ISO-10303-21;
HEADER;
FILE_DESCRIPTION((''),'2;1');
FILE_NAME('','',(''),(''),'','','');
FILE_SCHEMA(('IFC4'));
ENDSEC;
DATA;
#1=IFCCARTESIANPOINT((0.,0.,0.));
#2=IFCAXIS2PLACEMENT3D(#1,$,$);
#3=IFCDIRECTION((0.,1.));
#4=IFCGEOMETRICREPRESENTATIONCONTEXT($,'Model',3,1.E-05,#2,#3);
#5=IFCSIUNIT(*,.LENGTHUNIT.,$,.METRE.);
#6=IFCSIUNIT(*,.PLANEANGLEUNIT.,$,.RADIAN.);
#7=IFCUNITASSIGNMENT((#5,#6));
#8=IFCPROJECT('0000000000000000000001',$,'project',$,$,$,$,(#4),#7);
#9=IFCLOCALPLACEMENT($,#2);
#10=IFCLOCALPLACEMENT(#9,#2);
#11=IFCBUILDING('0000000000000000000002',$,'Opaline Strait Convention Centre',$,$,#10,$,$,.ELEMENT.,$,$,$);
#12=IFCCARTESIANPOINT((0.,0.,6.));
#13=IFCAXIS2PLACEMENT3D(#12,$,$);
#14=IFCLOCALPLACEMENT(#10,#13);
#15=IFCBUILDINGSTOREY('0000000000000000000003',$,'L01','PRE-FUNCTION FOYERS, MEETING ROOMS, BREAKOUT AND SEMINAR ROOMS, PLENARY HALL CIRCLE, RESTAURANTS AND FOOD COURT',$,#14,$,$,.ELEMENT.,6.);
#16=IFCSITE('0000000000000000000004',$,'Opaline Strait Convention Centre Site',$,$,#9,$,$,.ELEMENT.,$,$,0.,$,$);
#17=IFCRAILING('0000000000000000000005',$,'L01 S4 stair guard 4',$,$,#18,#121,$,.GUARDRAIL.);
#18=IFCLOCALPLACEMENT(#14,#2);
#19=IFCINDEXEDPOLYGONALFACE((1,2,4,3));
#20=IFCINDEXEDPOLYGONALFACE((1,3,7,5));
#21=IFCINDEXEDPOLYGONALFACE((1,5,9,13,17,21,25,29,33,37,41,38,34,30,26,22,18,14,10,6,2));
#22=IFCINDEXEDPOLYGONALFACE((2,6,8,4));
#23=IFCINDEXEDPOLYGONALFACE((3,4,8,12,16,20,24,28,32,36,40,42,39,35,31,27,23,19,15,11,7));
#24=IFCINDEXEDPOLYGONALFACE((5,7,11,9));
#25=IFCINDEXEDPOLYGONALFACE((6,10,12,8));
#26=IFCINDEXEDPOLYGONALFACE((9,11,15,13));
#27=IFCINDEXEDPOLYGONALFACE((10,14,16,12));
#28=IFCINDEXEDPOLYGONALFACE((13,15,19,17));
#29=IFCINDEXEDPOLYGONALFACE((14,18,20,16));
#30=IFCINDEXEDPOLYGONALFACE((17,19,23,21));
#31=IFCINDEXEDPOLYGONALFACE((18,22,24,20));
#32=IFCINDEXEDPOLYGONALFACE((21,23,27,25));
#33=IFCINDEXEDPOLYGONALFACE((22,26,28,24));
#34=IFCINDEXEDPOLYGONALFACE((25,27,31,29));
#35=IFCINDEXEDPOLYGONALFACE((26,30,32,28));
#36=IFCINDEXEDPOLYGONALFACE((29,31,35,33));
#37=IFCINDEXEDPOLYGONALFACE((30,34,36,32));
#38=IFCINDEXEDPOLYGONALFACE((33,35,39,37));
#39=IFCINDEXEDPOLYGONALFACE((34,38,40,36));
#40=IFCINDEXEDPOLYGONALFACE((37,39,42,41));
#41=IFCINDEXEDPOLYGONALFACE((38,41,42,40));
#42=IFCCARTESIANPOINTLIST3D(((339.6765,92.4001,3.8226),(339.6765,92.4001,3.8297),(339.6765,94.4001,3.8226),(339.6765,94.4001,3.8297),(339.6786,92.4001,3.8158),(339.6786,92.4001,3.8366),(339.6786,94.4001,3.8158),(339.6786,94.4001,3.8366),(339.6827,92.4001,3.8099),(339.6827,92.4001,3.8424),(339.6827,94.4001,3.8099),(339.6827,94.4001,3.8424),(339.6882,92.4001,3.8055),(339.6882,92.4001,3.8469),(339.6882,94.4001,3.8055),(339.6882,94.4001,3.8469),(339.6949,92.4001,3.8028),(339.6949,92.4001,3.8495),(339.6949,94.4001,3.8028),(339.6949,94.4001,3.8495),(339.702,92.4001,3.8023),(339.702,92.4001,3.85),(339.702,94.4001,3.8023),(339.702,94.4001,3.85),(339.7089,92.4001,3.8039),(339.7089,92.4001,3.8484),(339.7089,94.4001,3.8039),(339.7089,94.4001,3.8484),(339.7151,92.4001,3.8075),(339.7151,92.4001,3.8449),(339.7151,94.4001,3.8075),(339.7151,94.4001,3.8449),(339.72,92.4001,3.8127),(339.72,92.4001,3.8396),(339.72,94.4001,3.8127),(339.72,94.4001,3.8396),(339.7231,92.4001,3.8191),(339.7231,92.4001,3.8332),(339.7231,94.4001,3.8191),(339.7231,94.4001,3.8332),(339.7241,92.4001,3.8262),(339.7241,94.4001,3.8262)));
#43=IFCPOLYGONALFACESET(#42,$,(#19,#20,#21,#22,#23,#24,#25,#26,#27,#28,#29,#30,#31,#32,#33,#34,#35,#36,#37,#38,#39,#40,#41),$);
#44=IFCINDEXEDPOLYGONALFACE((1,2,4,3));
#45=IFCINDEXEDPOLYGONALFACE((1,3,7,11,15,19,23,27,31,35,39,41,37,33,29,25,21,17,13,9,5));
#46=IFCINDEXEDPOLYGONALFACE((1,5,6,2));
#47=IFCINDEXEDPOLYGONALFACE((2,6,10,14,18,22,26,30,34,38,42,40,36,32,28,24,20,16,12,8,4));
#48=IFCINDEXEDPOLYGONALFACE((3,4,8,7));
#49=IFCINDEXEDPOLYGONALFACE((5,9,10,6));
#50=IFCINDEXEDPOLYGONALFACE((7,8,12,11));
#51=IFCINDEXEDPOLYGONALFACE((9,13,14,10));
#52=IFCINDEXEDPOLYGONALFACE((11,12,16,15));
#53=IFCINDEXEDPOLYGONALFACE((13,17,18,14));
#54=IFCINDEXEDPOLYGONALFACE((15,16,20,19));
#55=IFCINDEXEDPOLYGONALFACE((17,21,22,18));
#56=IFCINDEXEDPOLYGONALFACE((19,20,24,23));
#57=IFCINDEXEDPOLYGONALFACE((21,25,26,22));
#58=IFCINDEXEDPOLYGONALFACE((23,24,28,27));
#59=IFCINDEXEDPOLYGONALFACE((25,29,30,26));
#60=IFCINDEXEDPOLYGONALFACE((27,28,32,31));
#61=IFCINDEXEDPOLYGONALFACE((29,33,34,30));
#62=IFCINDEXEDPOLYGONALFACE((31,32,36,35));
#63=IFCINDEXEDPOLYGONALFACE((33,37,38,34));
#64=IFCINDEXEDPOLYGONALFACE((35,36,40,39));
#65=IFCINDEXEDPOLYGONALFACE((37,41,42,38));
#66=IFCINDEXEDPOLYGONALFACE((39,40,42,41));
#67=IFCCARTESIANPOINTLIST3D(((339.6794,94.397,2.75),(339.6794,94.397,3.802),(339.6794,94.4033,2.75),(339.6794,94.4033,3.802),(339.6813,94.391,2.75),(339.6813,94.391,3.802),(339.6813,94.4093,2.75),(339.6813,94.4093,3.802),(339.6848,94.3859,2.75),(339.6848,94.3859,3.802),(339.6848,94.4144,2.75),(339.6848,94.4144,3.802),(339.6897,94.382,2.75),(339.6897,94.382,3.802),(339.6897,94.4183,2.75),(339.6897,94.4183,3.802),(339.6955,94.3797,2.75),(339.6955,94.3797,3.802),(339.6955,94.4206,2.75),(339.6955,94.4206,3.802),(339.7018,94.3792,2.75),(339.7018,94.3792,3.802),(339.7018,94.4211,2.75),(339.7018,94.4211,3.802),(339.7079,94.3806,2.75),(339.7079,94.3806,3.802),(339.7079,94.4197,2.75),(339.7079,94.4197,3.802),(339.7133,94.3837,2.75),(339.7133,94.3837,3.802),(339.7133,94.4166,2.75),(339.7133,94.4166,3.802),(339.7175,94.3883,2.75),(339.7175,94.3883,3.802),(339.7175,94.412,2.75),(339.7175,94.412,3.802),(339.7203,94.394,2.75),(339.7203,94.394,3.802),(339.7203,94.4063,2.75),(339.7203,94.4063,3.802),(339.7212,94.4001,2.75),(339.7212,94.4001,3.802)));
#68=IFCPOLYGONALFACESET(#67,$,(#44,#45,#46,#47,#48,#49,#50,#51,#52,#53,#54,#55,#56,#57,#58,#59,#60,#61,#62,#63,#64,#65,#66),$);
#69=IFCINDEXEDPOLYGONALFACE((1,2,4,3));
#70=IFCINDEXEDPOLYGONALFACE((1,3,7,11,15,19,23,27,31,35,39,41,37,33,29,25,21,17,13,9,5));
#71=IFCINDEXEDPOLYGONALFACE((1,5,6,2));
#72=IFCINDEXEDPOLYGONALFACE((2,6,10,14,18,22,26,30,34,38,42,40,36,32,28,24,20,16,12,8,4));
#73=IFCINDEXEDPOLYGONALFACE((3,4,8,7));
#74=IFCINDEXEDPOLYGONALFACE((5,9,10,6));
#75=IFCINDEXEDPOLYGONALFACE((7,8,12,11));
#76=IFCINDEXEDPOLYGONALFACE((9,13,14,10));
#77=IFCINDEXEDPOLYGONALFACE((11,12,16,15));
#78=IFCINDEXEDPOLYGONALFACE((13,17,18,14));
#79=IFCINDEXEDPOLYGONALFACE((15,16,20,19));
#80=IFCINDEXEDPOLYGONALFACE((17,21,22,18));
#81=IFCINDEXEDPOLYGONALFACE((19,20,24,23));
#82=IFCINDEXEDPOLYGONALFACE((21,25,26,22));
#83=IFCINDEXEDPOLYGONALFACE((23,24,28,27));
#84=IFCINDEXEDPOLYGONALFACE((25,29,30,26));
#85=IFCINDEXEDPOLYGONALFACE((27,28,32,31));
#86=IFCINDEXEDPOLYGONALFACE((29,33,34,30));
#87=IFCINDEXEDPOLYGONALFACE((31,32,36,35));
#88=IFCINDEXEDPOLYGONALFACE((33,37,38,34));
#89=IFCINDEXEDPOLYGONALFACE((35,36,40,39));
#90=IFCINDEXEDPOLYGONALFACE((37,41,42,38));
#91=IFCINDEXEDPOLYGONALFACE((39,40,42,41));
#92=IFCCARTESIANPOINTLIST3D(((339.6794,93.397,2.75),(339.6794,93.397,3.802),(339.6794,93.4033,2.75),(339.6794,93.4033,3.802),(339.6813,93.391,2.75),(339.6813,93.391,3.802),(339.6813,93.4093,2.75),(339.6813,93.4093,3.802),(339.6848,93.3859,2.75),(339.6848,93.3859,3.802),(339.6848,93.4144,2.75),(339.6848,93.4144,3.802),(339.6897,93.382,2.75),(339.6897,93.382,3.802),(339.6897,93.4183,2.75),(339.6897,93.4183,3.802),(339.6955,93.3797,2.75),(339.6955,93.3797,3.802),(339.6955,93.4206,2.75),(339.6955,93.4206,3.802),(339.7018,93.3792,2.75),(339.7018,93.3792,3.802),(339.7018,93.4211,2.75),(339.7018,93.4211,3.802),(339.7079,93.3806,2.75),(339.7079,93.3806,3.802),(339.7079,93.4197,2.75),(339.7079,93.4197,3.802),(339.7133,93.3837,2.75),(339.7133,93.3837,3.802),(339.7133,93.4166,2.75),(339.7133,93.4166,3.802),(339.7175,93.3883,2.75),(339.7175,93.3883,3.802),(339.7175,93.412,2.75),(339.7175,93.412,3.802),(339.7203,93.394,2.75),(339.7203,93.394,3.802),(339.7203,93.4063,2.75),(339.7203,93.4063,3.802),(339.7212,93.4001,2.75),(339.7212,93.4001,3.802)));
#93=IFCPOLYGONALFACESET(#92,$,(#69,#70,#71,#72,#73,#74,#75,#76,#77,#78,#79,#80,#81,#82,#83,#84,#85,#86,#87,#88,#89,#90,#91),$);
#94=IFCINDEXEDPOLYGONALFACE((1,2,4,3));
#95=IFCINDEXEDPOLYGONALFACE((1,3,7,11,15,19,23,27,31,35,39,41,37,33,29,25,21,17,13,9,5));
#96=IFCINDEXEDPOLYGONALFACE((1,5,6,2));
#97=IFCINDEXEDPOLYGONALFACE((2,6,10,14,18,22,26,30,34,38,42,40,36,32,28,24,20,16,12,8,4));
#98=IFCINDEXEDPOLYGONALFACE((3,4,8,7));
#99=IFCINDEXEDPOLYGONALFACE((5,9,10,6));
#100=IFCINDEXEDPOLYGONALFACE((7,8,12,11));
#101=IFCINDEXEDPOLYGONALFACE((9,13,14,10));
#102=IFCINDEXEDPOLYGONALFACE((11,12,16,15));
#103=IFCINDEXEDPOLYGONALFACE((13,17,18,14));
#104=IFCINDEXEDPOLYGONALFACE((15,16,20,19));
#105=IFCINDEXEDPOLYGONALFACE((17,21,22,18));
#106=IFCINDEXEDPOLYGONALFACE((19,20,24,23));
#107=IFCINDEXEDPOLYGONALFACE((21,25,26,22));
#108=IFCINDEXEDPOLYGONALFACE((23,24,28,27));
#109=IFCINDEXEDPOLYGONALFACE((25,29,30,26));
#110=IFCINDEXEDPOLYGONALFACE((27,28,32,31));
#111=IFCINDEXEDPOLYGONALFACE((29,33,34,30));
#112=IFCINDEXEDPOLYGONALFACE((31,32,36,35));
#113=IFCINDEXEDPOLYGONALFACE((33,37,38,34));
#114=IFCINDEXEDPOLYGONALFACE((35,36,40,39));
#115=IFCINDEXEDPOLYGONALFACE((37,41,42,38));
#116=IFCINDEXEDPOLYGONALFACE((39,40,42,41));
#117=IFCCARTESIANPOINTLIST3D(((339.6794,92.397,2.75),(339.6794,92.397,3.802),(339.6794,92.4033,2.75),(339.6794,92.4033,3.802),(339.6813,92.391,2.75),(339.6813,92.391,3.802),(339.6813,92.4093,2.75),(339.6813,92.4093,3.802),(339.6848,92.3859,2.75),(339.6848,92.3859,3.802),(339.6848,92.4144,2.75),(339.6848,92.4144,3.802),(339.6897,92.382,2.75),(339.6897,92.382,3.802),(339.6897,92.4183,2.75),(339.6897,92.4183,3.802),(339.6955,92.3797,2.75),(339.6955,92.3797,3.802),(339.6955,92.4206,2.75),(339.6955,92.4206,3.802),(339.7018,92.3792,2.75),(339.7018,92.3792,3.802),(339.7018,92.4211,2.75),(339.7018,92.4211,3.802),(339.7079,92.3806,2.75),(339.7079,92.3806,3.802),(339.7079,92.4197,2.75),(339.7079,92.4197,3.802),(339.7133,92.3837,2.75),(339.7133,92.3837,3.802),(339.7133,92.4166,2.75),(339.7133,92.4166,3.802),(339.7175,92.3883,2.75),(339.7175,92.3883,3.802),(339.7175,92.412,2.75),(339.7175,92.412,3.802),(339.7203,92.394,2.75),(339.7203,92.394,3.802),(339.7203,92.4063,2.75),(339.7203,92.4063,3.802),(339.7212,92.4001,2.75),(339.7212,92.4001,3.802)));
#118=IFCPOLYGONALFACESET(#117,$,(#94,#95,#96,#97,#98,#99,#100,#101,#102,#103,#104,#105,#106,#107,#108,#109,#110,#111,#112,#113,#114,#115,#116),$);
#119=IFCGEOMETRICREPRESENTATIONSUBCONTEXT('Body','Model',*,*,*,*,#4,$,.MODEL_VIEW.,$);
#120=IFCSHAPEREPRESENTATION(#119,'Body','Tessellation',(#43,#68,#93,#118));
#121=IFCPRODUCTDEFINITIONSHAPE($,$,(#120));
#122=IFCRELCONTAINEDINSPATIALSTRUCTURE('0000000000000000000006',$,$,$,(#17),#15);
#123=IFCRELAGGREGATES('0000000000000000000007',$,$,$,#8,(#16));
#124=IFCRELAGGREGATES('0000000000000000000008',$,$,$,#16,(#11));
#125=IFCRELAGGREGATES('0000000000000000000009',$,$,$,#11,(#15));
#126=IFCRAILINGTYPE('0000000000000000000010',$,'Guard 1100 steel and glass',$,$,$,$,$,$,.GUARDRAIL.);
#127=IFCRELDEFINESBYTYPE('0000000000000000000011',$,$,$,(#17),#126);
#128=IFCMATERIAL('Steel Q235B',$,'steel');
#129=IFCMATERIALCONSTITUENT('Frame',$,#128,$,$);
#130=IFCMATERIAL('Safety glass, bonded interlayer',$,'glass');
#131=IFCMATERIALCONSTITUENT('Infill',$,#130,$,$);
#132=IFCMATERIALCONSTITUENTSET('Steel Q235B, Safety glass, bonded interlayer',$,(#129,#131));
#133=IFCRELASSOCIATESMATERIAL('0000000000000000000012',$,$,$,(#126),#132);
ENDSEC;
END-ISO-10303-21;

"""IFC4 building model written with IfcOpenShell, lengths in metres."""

from ifc_helpers import new_model, si_unit, direction, frame, origin, origin_2d, place, context, subcontext, project, spatial, circle, extrude, material, constituent, constituent_set, type_object, element, save


model = new_model("IFC4")

# Units and contexts
model_context = context("Model", 3, precision=1e-05, world=origin(), true_north=direction((0.0, 1.0)))
body_context = subcontext(model_context, "Body", "Model", "MODEL_VIEW")
ifc_project = project(units=[si_unit("LENGTHUNIT", "METRE"), si_unit("PLANEANGLEUNIT", "RADIAN")], contexts=[model_context])

# Site, building, storey
site_placement = place(None, origin())
site = spatial("IfcSite", under=ifc_project, at=site_placement, Name="Opaline Strait Convention Centre Site", CompositionType="ELEMENT", RefElevation=0.0)
building_placement = place(site_placement, origin())
building = spatial("IfcBuilding", under=site, at=building_placement, Name="Opaline Strait Convention Centre", CompositionType="ELEMENT")
storey_placement = place(building_placement, frame((0.0, 0.0, 6.0)))
storey = spatial("IfcBuildingStorey", under=building, at=storey_placement, Name="L01", Description="PRE-FUNCTION FOYERS, MEETING ROOMS, BREAKOUT AND SEMINAR ROOMS, PLENARY HALL CIRCLE, RESTAURANTS AND FOOD COURT", CompositionType="ELEMENT", Elevation=6.0)

# Railing
ifc_material_1 = material(Name="Steel Q235B", Category="steel")
ifc_constituent_1 = constituent(ifc_material_1, Name="Frame")
ifc_material_2 = material(Name="Safety glass, bonded interlayer", Category="glass")
ifc_constituent_2 = constituent(ifc_material_2, Name="Infill")
ifc_constituent_set = constituent_set(constituents=[ifc_constituent_1, ifc_constituent_2], Name="Steel Q235B, Safety glass, bonded interlayer")
railing_type_1 = type_object("IfcRailingType", Name="Guard 1100 steel and glass", PredefinedType="GUARDRAIL", material=ifc_constituent_set)
railing_1_placement = place(storey_placement, frame((339.7002, 94.4001, 2.75)))
element("IfcRailing", 1, at=railing_1_placement, inside=storey, type_object=railing_type_1, Name="L01 S4 stair guard 4", PredefinedType="GUARDRAIL", context=body_context, shape_type="SweptSolid", body=[
    extrude(circle(Radius=0.0239, at=origin_2d()), frame((0.0, 0.0, 1.0762), z_axis=(0.0, -1.0, 0.0), x_axis=(1.0, 0.0, 0.0)), (0.0, 0.0, 1.0), 2.0),
    extrude(circle(Radius=0.021, at=origin_2d()), origin(), (0.0, 0.0, 1.0), 1.052),
    extrude(circle(Radius=0.021, at=origin_2d()), frame((0.0, -1.0, 0.0)), (0.0, 0.0, 1.0), 1.052),
    extrude(circle(Radius=0.021, at=origin_2d()), frame((0.0, -2.0, 0.0)), (0.0, 0.0, 1.0), 1.052),
])

save(model, "model.ifc")
